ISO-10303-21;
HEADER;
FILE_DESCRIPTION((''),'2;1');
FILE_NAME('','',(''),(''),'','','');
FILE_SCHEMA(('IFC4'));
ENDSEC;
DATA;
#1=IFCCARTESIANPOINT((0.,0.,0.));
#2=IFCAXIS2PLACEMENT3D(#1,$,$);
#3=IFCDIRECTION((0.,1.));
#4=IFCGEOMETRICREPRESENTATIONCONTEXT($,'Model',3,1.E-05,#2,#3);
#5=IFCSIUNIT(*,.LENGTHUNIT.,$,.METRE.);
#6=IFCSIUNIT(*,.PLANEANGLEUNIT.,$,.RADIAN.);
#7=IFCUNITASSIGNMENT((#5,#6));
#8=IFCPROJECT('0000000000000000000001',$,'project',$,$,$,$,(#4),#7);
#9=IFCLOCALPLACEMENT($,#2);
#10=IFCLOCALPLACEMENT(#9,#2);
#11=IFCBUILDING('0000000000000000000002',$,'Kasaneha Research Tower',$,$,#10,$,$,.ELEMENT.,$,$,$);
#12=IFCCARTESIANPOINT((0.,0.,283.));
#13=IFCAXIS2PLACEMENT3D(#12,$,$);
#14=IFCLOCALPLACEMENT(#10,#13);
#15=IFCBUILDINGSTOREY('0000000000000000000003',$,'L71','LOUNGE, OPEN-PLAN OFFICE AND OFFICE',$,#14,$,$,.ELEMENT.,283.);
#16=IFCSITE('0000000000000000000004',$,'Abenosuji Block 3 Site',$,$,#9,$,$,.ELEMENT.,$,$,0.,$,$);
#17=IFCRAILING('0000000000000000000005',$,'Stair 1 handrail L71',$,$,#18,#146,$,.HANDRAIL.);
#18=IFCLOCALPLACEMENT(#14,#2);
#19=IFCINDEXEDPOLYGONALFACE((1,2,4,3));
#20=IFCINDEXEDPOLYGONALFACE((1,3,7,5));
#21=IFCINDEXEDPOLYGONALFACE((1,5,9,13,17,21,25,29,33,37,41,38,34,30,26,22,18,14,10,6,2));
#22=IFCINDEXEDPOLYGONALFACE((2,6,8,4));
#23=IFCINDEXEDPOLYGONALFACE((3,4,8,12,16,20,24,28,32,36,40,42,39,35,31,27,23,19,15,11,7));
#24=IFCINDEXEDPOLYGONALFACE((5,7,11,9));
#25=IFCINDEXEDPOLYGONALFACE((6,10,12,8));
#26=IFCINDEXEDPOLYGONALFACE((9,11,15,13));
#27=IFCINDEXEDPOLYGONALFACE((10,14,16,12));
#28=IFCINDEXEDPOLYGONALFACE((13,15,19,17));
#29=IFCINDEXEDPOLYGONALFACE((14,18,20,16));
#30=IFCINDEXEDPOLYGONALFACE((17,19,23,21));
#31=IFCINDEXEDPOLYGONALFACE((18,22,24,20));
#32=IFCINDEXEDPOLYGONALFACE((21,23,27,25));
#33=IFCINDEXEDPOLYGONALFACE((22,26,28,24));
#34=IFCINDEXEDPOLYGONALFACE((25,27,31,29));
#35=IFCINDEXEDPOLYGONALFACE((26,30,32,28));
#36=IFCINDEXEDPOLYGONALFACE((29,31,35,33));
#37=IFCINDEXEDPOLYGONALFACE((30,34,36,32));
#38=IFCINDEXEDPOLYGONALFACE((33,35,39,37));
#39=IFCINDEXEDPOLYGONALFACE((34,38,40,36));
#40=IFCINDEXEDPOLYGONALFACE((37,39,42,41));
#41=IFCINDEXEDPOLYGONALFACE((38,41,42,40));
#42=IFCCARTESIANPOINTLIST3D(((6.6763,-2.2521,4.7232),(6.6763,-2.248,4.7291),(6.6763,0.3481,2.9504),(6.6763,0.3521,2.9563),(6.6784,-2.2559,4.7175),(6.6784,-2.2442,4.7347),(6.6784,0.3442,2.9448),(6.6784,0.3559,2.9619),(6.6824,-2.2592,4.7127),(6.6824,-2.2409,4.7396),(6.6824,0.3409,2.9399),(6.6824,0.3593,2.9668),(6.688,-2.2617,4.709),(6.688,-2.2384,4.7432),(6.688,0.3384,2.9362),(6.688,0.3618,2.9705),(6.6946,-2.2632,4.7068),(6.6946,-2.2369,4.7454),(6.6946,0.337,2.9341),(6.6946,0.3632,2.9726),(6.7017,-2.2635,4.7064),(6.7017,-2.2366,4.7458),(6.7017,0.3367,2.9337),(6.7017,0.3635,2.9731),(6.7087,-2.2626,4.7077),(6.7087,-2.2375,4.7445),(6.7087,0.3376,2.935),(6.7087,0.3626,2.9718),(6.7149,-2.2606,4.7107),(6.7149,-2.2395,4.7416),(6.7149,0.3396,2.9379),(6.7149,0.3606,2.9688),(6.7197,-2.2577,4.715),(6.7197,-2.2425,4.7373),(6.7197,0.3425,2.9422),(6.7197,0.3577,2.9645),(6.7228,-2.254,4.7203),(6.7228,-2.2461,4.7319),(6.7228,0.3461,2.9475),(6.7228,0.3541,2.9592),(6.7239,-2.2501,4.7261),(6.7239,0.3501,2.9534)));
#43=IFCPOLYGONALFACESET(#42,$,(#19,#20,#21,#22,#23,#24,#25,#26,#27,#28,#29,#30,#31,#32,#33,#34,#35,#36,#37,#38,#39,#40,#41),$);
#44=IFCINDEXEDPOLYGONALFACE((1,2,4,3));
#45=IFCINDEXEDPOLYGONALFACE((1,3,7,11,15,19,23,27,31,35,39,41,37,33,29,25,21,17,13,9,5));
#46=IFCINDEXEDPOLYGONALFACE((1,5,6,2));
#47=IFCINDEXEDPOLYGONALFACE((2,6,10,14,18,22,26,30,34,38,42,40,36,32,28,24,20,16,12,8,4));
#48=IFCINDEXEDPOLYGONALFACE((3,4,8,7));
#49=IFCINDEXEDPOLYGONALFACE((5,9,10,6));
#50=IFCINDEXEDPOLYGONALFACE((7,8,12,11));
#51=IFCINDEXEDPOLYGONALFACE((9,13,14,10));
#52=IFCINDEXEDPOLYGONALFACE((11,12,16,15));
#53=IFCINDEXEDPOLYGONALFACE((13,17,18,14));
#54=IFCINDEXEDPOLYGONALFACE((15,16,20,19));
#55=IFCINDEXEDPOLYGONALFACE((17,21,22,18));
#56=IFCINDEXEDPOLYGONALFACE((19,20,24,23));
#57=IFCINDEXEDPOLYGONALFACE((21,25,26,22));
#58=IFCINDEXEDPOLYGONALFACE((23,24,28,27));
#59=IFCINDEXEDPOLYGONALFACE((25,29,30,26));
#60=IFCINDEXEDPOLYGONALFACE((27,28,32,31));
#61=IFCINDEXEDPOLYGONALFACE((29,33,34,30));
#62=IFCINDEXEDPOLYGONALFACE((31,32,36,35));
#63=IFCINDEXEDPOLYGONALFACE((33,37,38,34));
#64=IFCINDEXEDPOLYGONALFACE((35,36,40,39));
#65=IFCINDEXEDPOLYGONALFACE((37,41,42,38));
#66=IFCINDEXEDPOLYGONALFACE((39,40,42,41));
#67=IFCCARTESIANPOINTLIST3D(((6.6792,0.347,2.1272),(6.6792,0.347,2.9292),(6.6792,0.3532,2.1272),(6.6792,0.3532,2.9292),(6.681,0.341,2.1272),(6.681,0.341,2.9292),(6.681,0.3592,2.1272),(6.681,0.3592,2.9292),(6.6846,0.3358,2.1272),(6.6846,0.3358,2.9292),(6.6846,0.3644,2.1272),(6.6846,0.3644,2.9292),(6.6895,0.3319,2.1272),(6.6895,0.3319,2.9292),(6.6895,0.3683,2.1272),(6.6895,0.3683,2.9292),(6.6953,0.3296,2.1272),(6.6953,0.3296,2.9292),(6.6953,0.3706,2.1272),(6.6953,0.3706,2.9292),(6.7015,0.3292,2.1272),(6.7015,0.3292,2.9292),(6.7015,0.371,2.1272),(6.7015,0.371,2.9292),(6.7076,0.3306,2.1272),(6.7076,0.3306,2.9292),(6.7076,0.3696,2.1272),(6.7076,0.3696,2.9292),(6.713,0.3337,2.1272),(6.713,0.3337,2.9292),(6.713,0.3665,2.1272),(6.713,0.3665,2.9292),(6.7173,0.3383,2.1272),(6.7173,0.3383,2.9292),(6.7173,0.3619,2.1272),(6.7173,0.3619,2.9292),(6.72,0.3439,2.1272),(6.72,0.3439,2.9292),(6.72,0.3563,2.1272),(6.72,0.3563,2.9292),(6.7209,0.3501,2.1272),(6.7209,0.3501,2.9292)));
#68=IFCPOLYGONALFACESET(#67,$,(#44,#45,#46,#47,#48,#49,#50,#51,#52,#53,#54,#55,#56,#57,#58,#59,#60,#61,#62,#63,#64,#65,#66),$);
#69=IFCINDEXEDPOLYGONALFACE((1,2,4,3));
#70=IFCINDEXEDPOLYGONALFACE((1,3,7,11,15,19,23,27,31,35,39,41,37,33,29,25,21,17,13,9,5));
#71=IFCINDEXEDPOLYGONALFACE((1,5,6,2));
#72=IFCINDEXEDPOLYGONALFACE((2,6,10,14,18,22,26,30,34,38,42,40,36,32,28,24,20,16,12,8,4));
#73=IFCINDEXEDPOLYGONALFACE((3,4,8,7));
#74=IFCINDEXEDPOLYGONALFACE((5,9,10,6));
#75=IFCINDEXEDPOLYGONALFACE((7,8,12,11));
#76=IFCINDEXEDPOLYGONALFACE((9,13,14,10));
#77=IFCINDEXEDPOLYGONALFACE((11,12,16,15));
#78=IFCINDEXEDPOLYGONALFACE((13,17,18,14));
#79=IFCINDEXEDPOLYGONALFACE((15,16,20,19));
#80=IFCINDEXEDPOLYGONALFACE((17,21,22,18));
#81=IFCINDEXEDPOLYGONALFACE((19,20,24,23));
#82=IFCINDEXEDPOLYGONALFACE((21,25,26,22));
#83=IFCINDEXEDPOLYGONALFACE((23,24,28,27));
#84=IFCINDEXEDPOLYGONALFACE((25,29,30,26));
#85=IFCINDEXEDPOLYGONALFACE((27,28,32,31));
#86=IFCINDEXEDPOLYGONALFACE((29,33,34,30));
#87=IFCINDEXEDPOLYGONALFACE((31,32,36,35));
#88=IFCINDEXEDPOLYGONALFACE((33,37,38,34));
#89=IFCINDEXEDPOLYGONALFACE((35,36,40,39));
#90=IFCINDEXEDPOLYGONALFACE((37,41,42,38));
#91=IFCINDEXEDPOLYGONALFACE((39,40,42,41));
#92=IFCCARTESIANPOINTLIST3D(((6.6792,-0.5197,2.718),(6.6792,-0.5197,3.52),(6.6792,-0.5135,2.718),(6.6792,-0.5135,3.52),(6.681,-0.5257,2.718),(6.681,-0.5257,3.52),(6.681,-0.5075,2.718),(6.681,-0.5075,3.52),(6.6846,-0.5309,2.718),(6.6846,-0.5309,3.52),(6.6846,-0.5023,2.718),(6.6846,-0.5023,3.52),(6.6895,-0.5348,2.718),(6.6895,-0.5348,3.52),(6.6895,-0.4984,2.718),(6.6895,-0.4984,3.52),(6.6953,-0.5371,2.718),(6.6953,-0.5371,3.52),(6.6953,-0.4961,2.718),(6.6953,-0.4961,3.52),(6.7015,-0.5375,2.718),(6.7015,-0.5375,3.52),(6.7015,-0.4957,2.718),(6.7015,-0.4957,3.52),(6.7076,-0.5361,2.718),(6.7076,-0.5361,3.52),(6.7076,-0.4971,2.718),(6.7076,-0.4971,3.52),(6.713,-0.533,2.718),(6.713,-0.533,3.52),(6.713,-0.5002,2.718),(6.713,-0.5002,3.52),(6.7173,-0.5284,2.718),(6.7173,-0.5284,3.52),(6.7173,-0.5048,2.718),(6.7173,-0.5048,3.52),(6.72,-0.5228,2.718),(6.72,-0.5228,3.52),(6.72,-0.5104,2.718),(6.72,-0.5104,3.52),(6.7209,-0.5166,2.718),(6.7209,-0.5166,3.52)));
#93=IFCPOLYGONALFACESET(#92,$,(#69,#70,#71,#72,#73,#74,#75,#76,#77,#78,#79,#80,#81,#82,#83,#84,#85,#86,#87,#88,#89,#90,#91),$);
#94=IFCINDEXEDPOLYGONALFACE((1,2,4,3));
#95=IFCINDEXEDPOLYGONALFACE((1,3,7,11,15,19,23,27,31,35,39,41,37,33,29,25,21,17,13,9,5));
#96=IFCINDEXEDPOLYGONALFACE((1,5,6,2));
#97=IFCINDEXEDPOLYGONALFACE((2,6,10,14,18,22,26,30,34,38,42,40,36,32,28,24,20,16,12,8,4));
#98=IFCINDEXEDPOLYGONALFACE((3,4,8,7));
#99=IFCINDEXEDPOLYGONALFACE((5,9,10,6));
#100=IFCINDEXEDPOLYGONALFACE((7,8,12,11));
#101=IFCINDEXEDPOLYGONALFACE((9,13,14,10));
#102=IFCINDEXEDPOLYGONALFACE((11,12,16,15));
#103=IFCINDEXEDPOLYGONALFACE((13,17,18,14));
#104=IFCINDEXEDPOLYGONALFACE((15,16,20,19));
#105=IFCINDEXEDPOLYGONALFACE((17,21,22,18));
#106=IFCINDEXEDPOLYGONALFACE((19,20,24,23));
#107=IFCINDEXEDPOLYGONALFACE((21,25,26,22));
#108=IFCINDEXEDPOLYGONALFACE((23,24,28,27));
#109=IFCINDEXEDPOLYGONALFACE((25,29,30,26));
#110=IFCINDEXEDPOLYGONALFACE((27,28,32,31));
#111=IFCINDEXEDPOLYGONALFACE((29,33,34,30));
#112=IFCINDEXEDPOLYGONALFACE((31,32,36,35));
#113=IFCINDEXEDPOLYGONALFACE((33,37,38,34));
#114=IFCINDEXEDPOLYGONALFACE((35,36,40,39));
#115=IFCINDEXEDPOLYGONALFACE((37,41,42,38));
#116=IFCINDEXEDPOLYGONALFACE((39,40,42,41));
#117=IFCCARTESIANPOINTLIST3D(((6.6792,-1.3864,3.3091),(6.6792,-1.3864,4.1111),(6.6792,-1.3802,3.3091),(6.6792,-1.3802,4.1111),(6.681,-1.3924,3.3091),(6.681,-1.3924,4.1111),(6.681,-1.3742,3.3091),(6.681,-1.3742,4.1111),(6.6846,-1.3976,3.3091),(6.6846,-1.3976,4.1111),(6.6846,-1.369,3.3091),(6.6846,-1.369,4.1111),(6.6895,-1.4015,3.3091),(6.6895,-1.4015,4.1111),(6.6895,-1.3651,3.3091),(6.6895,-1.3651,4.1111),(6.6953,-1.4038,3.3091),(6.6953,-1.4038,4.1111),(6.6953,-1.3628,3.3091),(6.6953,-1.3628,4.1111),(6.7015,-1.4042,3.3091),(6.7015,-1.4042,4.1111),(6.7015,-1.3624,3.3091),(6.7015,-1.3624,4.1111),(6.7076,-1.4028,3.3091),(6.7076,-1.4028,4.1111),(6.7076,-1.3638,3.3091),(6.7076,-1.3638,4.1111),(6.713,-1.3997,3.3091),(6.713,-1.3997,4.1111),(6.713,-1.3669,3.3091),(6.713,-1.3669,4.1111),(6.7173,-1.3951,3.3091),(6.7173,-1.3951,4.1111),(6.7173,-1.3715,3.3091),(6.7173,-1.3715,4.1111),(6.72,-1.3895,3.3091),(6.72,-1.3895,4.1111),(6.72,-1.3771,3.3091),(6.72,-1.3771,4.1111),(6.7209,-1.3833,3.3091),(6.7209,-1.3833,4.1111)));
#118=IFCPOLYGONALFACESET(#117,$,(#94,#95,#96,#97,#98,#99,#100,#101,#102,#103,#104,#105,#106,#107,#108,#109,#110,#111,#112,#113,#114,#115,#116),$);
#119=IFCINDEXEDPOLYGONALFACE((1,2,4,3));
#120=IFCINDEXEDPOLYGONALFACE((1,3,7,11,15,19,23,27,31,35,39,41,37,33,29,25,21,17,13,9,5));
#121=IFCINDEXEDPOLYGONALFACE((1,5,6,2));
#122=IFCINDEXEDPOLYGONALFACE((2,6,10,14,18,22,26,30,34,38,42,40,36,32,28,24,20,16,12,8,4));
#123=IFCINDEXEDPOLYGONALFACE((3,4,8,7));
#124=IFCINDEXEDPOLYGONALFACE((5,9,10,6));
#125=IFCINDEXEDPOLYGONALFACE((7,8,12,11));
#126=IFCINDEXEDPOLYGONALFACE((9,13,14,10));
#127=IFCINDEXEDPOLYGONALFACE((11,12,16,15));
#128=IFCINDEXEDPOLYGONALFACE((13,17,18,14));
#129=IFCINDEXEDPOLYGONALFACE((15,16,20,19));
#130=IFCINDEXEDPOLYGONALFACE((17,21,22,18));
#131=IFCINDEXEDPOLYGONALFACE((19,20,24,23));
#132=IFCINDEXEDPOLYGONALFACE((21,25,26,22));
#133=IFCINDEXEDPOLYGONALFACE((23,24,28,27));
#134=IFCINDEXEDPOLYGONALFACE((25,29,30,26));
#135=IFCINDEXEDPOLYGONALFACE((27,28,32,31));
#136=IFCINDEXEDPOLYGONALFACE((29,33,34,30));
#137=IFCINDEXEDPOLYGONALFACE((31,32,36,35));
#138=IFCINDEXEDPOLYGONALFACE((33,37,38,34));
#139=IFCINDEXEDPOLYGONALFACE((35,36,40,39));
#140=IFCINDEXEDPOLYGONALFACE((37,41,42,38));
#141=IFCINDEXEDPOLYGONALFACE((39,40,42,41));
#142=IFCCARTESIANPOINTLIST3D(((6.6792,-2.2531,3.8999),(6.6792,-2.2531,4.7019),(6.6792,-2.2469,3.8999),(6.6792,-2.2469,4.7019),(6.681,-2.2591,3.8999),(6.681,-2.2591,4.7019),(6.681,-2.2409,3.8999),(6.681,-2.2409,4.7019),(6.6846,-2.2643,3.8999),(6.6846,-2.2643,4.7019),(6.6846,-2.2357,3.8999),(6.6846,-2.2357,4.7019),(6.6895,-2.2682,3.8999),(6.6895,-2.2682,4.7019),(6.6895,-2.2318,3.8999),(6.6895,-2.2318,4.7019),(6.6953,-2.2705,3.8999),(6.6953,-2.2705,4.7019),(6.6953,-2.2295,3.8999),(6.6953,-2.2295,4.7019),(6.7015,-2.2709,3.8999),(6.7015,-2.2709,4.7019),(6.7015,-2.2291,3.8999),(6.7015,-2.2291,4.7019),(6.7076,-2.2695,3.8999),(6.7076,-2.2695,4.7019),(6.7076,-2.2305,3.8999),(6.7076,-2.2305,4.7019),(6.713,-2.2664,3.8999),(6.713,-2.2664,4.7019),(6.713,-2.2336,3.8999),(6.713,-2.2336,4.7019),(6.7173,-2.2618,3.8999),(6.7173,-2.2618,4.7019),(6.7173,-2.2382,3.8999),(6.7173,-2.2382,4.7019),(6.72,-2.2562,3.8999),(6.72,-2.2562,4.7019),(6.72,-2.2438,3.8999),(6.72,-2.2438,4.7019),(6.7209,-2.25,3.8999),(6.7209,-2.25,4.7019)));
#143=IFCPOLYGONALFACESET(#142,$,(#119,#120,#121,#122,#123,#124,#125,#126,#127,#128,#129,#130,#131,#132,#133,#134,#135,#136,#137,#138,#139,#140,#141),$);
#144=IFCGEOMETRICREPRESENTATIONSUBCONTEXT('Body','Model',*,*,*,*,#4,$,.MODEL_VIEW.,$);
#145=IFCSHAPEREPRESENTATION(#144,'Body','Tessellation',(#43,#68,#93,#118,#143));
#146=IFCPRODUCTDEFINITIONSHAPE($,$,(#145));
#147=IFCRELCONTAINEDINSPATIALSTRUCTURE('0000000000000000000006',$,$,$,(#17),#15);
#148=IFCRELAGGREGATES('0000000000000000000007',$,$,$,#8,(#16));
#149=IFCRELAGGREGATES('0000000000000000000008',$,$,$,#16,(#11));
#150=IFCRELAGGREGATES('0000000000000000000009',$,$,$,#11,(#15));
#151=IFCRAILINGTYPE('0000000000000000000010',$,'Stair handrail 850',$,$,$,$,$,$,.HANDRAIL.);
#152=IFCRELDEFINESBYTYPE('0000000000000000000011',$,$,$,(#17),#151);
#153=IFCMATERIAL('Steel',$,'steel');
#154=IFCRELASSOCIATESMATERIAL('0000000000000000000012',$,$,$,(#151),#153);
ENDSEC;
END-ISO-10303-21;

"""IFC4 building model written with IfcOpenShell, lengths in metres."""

from ifc_helpers import new_model, si_unit, direction, frame, origin, origin_2d, place, context, subcontext, project, spatial, circle, extrude, material, type_object, element, save


model = new_model("IFC4")

# Units and contexts
model_context = context("Model", 3, precision=1e-05, world=origin(), true_north=direction((0.0, 1.0)))
body_context = subcontext(model_context, "Body", "Model", "MODEL_VIEW")
ifc_project = project(units=[si_unit("LENGTHUNIT", "METRE"), si_unit("PLANEANGLEUNIT", "RADIAN")], contexts=[model_context])

# Site, building, storey
site_placement = place(None, origin())
site = spatial("IfcSite", under=ifc_project, at=site_placement, Name="Abenosuji Block 3 Site", CompositionType="ELEMENT", RefElevation=0.0)
building_placement = place(site_placement, origin())
building = spatial("IfcBuilding", under=site, at=building_placement, Name="Kasaneha Research Tower", CompositionType="ELEMENT")
storey_placement = place(building_placement, frame((0.0, 0.0, 283.0)))
storey = spatial("IfcBuildingStorey", under=building, at=storey_placement, Name="L71", Description="LOUNGE, OPEN-PLAN OFFICE AND OFFICE", CompositionType="ELEMENT", Elevation=283.0)

# Railing
ifc_material_1 = material(Name="Steel", Category="steel")
railing_type_1 = type_object("IfcRailingType", Name="Stair handrail 850", PredefinedType="HANDRAIL", material=ifc_material_1)
railing_1_placement = place(storey_placement, frame((6.7, 0.3501, 2.1272)))
element("IfcRailing", 1, at=railing_1_placement, inside=storey, type_object=railing_type_1, Name="Stair 1 handrail L71", PredefinedType="HANDRAIL", context=body_context, shape_type="SweptSolid", body=[
    extrude(circle(Radius=0.0239, at=origin_2d()), frame((0.0, 0.0, 0.8262), z_axis=(0.0, -0.82624, 0.563318), x_axis=(1.0, 0.0, 0.0)), (0.0, 0.0, 1.0), 3.147),
    extrude(circle(Radius=0.021, at=origin_2d()), origin(), (0.0, 0.0, 1.0), 0.802),
    extrude(circle(Radius=0.021, at=origin_2d()), frame((0.0, -0.8667, 0.5908)), (0.0, 0.0, 1.0), 0.802),
    extrude(circle(Radius=0.021, at=origin_2d()), frame((0.0, -1.7334, 1.1819)), (0.0, 0.0, 1.0), 0.802),
    extrude(circle(Radius=0.021, at=origin_2d()), frame((0.0, -2.6001, 1.7727)), (0.0, 0.0, 1.0), 0.802),
])

save(model, "model.ifc")
